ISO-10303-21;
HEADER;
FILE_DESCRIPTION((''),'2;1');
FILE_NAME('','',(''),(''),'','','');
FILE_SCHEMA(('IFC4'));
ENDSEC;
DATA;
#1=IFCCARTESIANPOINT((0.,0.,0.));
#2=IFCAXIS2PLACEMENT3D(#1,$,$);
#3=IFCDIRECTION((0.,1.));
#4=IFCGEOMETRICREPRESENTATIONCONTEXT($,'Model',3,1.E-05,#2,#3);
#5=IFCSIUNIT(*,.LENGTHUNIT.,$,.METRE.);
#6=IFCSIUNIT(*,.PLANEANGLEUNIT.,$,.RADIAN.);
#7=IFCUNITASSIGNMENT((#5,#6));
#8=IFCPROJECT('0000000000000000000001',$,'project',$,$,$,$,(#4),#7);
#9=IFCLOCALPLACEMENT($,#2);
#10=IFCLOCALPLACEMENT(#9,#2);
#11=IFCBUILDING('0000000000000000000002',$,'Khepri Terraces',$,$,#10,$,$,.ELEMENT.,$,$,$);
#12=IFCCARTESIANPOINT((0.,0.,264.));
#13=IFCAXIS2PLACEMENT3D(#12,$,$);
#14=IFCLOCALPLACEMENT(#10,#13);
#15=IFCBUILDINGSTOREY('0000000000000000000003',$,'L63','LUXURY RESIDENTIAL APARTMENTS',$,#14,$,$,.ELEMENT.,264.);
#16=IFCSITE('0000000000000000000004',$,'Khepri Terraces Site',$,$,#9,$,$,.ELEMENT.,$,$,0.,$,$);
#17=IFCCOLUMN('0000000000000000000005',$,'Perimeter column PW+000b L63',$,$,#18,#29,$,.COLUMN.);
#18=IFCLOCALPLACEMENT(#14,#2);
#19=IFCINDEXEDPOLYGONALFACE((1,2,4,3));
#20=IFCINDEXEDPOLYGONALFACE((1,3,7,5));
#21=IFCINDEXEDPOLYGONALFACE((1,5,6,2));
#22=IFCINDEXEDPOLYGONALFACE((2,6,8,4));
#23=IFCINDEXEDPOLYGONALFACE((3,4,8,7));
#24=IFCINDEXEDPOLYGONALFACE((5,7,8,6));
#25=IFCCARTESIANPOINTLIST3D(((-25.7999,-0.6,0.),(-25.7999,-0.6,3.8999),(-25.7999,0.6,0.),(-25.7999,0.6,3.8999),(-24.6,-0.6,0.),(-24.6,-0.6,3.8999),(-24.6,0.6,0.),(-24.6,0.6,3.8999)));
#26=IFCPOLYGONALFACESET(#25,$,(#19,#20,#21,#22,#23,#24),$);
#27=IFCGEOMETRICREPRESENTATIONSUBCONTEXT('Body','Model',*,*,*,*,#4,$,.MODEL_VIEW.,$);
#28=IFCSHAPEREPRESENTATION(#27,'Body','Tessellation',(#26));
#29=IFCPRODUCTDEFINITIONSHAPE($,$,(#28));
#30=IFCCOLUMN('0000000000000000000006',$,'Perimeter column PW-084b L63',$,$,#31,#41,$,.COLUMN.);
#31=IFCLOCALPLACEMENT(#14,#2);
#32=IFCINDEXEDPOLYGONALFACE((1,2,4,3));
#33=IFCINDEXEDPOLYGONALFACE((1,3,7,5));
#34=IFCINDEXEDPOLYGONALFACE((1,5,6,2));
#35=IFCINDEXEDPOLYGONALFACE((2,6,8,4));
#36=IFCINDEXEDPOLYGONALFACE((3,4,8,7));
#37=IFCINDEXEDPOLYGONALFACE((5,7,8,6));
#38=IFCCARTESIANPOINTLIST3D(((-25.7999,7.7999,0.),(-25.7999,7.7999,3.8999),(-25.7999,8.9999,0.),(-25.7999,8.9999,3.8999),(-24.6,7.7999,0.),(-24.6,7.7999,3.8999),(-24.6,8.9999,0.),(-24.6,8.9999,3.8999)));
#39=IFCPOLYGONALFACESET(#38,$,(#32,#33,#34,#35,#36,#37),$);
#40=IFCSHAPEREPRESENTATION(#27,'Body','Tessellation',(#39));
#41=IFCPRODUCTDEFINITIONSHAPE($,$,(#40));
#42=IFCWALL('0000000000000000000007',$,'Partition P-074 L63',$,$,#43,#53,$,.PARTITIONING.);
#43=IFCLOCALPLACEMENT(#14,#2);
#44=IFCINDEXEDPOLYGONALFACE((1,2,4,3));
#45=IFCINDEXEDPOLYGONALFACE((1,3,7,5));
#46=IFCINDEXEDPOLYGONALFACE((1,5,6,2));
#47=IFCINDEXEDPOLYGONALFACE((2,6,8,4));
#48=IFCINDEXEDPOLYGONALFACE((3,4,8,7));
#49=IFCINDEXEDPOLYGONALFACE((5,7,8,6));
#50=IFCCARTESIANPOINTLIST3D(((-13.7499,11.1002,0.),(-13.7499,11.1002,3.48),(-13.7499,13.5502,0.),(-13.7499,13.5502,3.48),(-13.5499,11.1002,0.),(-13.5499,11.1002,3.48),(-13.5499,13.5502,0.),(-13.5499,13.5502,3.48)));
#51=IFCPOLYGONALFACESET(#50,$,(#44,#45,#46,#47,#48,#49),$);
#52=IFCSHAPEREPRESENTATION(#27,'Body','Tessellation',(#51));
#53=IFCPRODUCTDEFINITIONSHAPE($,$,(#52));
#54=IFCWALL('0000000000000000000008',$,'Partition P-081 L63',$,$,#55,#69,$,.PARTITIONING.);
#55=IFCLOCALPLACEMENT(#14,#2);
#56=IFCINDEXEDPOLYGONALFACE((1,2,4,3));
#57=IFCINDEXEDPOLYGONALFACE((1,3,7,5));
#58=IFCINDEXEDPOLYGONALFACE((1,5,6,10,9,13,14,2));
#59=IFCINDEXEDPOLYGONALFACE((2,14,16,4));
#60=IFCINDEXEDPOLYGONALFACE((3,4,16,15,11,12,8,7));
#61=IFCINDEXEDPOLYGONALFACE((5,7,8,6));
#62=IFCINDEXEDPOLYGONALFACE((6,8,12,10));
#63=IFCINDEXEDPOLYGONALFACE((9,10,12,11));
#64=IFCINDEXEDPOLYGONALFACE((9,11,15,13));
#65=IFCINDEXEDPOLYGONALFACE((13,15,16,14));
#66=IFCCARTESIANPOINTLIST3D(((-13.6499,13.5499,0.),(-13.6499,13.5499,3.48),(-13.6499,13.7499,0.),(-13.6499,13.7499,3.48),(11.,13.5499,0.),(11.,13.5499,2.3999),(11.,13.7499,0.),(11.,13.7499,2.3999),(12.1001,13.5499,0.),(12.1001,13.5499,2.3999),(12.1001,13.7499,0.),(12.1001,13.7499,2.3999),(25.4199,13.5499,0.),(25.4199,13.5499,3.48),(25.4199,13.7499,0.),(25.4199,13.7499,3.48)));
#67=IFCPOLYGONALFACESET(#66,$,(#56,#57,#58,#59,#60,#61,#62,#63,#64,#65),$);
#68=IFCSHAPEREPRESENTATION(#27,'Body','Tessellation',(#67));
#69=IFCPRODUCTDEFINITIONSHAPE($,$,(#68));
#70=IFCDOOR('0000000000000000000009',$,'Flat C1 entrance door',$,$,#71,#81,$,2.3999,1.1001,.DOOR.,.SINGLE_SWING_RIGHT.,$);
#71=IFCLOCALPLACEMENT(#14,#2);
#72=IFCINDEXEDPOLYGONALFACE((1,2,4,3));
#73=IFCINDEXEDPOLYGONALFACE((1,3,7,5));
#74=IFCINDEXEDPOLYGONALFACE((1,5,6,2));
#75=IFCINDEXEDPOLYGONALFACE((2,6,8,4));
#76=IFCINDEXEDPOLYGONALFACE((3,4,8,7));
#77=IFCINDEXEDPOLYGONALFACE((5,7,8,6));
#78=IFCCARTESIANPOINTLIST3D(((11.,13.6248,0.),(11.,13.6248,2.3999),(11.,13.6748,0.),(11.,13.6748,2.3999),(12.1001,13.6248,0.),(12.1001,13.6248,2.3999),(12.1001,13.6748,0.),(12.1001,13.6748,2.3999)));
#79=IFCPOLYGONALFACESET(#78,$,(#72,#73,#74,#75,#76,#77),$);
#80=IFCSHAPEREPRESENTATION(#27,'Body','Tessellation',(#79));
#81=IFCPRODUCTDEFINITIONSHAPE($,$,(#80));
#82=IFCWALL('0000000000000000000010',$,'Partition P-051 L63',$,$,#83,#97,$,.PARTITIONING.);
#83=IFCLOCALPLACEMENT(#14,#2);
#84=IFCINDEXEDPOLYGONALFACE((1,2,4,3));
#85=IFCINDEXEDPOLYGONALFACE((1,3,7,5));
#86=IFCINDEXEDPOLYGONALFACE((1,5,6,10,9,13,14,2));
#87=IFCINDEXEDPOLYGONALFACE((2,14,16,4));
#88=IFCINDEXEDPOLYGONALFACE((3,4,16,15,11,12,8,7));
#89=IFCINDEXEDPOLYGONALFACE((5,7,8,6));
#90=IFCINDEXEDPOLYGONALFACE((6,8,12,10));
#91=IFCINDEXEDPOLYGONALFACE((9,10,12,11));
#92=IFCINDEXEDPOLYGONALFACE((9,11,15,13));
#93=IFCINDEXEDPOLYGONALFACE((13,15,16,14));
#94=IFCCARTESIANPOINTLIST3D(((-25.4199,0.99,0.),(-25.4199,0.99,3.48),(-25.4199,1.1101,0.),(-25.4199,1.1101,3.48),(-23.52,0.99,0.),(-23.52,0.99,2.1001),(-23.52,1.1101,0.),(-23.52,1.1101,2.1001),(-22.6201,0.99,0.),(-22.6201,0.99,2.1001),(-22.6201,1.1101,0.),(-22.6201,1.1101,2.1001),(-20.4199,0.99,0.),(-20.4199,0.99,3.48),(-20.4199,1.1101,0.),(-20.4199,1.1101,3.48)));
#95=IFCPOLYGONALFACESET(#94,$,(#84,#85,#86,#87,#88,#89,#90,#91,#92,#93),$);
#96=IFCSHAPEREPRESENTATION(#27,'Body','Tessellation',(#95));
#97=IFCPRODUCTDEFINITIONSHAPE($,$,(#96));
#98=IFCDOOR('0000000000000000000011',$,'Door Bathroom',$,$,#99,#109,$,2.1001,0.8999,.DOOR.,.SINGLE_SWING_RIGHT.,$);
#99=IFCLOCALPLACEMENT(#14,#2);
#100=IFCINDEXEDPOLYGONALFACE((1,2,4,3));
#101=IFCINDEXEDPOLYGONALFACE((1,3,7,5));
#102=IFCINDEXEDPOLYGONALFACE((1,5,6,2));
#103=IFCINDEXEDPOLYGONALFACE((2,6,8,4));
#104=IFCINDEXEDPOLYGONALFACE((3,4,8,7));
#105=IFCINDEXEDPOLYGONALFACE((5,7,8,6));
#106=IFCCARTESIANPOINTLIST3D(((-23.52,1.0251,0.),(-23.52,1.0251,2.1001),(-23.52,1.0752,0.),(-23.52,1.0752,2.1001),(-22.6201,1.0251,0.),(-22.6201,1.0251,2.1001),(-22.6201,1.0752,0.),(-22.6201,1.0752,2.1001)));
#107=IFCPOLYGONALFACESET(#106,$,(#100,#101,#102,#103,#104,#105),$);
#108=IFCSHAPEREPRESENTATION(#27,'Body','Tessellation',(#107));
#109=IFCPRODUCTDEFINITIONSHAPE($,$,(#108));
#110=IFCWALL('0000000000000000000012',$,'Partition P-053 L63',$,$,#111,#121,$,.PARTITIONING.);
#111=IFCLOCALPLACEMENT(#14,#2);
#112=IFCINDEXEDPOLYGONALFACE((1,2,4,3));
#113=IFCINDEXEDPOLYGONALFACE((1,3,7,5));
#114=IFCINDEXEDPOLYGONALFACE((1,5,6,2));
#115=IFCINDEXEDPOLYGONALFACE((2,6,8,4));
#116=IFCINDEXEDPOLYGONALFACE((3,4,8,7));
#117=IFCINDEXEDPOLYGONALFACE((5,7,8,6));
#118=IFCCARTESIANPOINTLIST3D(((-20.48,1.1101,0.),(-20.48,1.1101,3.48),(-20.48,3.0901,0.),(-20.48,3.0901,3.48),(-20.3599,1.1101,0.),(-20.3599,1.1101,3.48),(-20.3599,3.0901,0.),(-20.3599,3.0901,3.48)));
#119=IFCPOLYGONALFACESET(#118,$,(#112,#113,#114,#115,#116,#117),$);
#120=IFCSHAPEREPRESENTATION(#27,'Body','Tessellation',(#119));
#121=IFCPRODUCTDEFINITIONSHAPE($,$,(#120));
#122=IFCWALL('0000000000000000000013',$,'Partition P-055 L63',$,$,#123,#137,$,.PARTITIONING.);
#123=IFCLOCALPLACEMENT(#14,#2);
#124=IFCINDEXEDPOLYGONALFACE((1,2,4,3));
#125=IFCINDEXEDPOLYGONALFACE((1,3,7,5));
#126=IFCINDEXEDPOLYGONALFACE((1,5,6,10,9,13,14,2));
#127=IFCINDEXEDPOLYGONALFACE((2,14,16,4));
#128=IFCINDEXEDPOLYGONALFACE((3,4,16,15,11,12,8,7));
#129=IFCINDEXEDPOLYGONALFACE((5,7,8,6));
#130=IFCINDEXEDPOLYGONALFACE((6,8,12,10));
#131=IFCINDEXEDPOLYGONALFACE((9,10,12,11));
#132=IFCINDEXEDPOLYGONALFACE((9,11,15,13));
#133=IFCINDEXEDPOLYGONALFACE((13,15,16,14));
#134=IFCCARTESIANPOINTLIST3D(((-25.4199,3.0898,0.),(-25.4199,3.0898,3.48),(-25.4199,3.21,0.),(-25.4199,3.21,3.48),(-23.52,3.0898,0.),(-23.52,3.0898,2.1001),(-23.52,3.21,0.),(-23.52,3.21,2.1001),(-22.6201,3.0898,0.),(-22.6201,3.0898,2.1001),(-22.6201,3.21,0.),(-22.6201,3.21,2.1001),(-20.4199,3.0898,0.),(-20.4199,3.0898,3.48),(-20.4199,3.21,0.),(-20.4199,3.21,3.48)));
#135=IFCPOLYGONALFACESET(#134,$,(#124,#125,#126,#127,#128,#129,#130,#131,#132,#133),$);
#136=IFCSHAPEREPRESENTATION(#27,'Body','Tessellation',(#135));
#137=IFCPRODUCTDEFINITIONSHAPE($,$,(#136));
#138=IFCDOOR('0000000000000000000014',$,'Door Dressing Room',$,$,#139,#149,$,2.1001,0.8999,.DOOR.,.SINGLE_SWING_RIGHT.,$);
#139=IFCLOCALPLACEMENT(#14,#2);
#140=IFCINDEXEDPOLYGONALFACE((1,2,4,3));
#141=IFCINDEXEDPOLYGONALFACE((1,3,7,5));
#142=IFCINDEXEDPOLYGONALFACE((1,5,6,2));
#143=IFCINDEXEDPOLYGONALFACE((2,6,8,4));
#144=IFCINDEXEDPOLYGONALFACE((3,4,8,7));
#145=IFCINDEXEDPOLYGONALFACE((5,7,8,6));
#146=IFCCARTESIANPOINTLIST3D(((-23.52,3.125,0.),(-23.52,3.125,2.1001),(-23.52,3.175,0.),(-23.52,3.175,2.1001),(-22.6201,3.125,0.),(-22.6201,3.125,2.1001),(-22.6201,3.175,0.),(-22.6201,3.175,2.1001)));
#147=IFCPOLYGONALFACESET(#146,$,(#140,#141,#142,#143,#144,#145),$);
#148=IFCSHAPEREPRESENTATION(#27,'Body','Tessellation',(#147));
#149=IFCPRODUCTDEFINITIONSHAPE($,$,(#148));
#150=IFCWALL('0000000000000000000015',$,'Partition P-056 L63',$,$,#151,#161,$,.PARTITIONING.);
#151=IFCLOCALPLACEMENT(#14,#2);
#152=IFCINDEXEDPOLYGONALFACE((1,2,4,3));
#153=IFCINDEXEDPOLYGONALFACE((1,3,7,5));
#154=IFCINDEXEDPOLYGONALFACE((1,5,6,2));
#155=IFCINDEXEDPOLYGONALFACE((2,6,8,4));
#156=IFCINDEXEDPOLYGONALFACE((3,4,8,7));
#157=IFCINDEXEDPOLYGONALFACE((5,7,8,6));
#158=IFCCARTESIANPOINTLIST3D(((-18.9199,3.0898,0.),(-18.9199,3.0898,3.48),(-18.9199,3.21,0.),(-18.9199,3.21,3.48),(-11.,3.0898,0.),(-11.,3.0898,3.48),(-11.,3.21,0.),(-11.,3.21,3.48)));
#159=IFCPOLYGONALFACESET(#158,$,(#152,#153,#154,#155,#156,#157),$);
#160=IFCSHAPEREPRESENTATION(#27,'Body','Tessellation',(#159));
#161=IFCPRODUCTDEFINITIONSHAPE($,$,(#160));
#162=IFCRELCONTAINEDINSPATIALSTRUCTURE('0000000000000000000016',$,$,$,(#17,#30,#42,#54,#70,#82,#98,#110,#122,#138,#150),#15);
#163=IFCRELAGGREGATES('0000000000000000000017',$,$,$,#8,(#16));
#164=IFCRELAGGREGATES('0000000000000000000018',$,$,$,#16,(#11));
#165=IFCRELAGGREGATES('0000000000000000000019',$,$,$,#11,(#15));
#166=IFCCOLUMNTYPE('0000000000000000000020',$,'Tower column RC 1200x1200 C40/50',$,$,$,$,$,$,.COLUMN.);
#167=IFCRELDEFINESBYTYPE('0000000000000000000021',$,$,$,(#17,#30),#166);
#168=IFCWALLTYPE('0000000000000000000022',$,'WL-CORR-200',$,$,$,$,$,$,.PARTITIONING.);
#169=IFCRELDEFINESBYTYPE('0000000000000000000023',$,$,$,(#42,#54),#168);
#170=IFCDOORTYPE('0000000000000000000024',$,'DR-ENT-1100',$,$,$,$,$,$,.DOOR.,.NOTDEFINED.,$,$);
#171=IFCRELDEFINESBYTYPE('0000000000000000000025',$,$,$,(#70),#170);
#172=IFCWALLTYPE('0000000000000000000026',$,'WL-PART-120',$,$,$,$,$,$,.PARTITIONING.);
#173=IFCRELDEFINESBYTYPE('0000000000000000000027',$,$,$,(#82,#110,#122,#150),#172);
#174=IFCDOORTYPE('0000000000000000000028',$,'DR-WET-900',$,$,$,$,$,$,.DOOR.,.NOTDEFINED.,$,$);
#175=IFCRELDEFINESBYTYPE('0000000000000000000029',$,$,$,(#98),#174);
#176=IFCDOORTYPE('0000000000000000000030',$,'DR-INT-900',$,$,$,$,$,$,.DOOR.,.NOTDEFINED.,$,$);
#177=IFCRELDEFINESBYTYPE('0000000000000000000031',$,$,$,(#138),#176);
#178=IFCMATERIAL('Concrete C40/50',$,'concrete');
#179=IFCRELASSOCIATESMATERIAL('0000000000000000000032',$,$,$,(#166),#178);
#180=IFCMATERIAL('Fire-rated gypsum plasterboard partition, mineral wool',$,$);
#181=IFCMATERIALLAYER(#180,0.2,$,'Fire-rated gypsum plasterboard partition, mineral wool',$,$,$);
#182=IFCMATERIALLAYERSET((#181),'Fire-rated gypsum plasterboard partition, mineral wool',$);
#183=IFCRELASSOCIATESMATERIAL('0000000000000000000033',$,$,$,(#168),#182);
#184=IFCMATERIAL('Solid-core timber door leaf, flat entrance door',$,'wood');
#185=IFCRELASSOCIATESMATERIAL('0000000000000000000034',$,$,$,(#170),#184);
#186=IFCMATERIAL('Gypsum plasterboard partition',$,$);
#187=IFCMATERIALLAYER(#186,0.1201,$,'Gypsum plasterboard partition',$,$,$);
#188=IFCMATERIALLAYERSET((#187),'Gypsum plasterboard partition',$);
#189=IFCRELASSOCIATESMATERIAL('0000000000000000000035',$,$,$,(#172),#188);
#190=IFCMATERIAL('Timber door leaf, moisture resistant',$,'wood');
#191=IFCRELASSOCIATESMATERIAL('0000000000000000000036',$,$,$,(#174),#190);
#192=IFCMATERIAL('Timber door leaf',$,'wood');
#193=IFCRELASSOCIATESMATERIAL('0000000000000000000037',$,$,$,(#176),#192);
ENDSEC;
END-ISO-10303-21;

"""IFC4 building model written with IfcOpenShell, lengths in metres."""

from ifc_helpers import new_model, si_unit, direction, frame, frame_2d, origin, origin_2d, place, context, subcontext, project, spatial, rectangle, extrude, material, layer, layer_set, material_profile, profile_set, type_object, element, fill, save


model = new_model("IFC4")

# Units and contexts
model_context = context("Model", 3, precision=1e-05, world=origin(), true_north=direction((0.0, 1.0)))
body_context = subcontext(model_context, "Body", "Model", "MODEL_VIEW")
ifc_project = project(units=[si_unit("LENGTHUNIT", "METRE"), si_unit("PLANEANGLEUNIT", "RADIAN")], contexts=[model_context])

# Site, building, storey
site_placement = place(None, origin())
site = spatial("IfcSite", under=ifc_project, at=site_placement, Name="Khepri Terraces Site", CompositionType="ELEMENT", RefElevation=0.0)
building_placement = place(site_placement, origin())
building = spatial("IfcBuilding", under=site, at=building_placement, Name="Khepri Terraces", CompositionType="ELEMENT")
storey_placement = place(building_placement, frame((0.0, 0.0, 264.0)))
storey = spatial("IfcBuildingStorey", under=building, at=storey_placement, Name="L63", Description="LUXURY RESIDENTIAL APARTMENTS", CompositionType="ELEMENT", Elevation=264.0)

# Columns
ifc_material_1 = material(Name="Concrete C40/50", Category="concrete")
ifc_material_profile = material_profile(ifc_material_1, rectangle(XDim=1.2, YDim=1.2, at=origin_2d()), Name="Concrete C40/50", Category="concrete")
ifc_profile_set = profile_set([ifc_material_profile], Name="Concrete C40/50")
column_type = type_object("IfcColumnType", Name="Tower column RC 1200x1200 C40/50", PredefinedType="COLUMN", material=ifc_profile_set)
for number, where, z_axis, x_axis, name in (
    (1, (-25.2, 0.0, 0.0), (0.0, 0.0, 1.0), (1.0, 0.0, 0.0), "Perimeter column PW+000b L63"),
    (2, (-25.2, 8.3999, 0.0), (0.0, 0.0, 1.0), (1.0, 0.0, 0.0), "Perimeter column PW-084b L63"),
):
    element("IfcColumn", number, at=place(storey_placement, frame(where, z_axis=z_axis, x_axis=x_axis)), inside=storey, type_object=column_type, Name=name, PredefinedType="COLUMN", context=body_context, shape_type="SweptSolid", body=[
        extrude(rectangle(XDim=1.2, YDim=1.2, at=origin_2d()), origin(), (0.0, 0.0, 1.0), 3.8999),
    ])

# Shared definitions
ifc_material_2 = material(Name="Fire-rated gypsum plasterboard partition, mineral wool")
ifc_layer_1 = layer(ifc_material_2, 0.2, Name="Fire-rated gypsum plasterboard partition, mineral wool")
ifc_layer_set_1 = layer_set([ifc_layer_1], Name="Fire-rated gypsum plasterboard partition, mineral wool")
wall_type_1 = type_object("IfcWallType", Name="WL-CORR-200", PredefinedType="PARTITIONING", material=ifc_layer_set_1)
ifc_material_3 = material(Name="Solid-core timber door leaf, flat entrance door", Category="wood")
door_type_1 = type_object("IfcDoorType", Name="DR-ENT-1100", OperationType="NOTDEFINED", PredefinedType="DOOR", material=ifc_material_3)

# Wall
wall_1_placement = place(storey_placement, frame((-13.6499, 11.1001, 0.0), z_axis=(0.0, 0.0, 1.0), x_axis=(0.0, 1.0, 0.0)))
element("IfcWall", 3, at=wall_1_placement, inside=storey, type_object=wall_type_1, Name="Partition P-074 L63", PredefinedType="PARTITIONING", context=body_context, shape_type="SweptSolid", body=[
    extrude(rectangle(XDim=2.45, YDim=0.2, at=frame_2d((1.2251, 0.0))), origin(), (0.0, 0.0, 1.0), 3.48),
])

# Wall, opening, door
wall_2_placement = place(storey_placement, frame((-13.6499, 13.6499, 0.0), z_axis=(0.0, 0.0, 1.0), x_axis=(1.0, 0.0, 0.0)))
wall_2 = element("IfcWall", 4, at=wall_2_placement, inside=storey, type_object=wall_type_1, Name="Partition P-081 L63", PredefinedType="PARTITIONING", context=body_context, shape_type="SweptSolid", body=[
    extrude(rectangle(XDim=39.0698, YDim=0.2, at=frame_2d((19.5349, 0.0))), origin(), (0.0, 0.0, 1.0), 3.48),
])
opening_1_placement = place(wall_2_placement, frame((24.6499, 0.0, 0.0)))
opening_1 = element("IfcOpeningElement", 5, at=opening_1_placement, cuts=wall_2, PredefinedType="OPENING", context=body_context, shape_type="SweptSolid", body=[
    extrude(rectangle(XDim=1.1001, YDim=2.3999, at=frame_2d((0.55, 1.2))), frame((0.0, 0.1099, 0.0), z_axis=(0.0, -1.0, 0.0), x_axis=(1.0, 0.0, 0.0)), (0.0, 0.0, 1.0), 0.22),
])
door_1_placement = place(opening_1_placement, origin())
door_1 = element("IfcDoor", 6, at=door_1_placement, inside=storey, type_object=door_type_1, Name="Flat C1 entrance door", OperationType="SINGLE_SWING_RIGHT", OverallHeight=2.3999, OverallWidth=1.1001, PredefinedType="DOOR", context=body_context, shape_type="SweptSolid", body=[
    extrude(rectangle(XDim=1.1001, YDim=2.3999, at=frame_2d((0.55, 1.2))), frame((0.0, 0.0249, 0.0), z_axis=(0.0, -1.0, 0.0), x_axis=(1.0, 0.0, 0.0)), (0.0, 0.0, 1.0), 0.05),
])
fill(opening_1, door_1)

# Wall, opening, door
ifc_material_4 = material(Name="Gypsum plasterboard partition")
ifc_layer_2 = layer(ifc_material_4, 0.1201, Name="Gypsum plasterboard partition")
ifc_layer_set_2 = layer_set([ifc_layer_2], Name="Gypsum plasterboard partition")
wall_type_2 = type_object("IfcWallType", Name="WL-PART-120", PredefinedType="PARTITIONING", material=ifc_layer_set_2)
wall_3_placement = place(storey_placement, frame((-25.4199, 1.05, 0.0), z_axis=(0.0, 0.0, 1.0), x_axis=(1.0, 0.0, 0.0)))
wall_3 = element("IfcWall", 7, at=wall_3_placement, inside=storey, type_object=wall_type_2, Name="Partition P-051 L63", PredefinedType="PARTITIONING", context=body_context, shape_type="SweptSolid", body=[
    extrude(rectangle(XDim=5.0, YDim=0.1201, at=frame_2d((2.5, 0.0))), origin(), (0.0, 0.0, 1.0), 3.48),
])
opening_2_placement = place(wall_3_placement, frame((1.8999, 0.0, 0.0)))
opening_2 = element("IfcOpeningElement", 8, at=opening_2_placement, cuts=wall_3, PredefinedType="OPENING", context=body_context, shape_type="SweptSolid", body=[
    extrude(rectangle(XDim=0.8999, YDim=2.1001, at=frame_2d((0.45, 1.05))), frame((0.0, 0.0701, 0.0), z_axis=(0.0, -1.0, 0.0), x_axis=(1.0, 0.0, 0.0)), (0.0, 0.0, 1.0), 0.1401),
])
ifc_material_5 = material(Name="Timber door leaf, moisture resistant", Category="wood")
door_type_2 = type_object("IfcDoorType", Name="DR-WET-900", OperationType="NOTDEFINED", PredefinedType="DOOR", material=ifc_material_5)
door_2_placement = place(opening_2_placement, frame((0.8999, 0.0, 0.0), z_axis=(0.0, 0.0, 1.0), x_axis=(-1.0, 0.0, 0.0)))
door_2 = element("IfcDoor", 9, at=door_2_placement, inside=storey, type_object=door_type_2, Name="Door Bathroom", OperationType="SINGLE_SWING_RIGHT", OverallHeight=2.1001, OverallWidth=0.8999, PredefinedType="DOOR", context=body_context, shape_type="SweptSolid", body=[
    extrude(rectangle(XDim=0.8999, YDim=2.1001, at=frame_2d((0.45, 1.05))), frame((0.0, 0.0249, 0.0), z_axis=(0.0, -1.0, 0.0), x_axis=(1.0, 0.0, 0.0)), (0.0, 0.0, 1.0), 0.05),
])
fill(opening_2, door_2)

# Wall
wall_4_placement = place(storey_placement, frame((-20.4199, 1.1101, 0.0), z_axis=(0.0, 0.0, 1.0), x_axis=(0.0, 1.0, 0.0)))
element("IfcWall", 10, at=wall_4_placement, inside=storey, type_object=wall_type_2, Name="Partition P-053 L63", PredefinedType="PARTITIONING", context=body_context, shape_type="SweptSolid", body=[
    extrude(rectangle(XDim=1.98, YDim=0.1201, at=frame_2d((0.99, 0.0))), origin(), (0.0, 0.0, 1.0), 3.48),
])

# Wall, opening, door
wall_5_placement = place(storey_placement, frame((-25.4199, 3.1499, 0.0), z_axis=(0.0, 0.0, 1.0), x_axis=(1.0, 0.0, 0.0)))
wall_5 = element("IfcWall", 11, at=wall_5_placement, inside=storey, type_object=wall_type_2, Name="Partition P-055 L63", PredefinedType="PARTITIONING", context=body_context, shape_type="SweptSolid", body=[
    extrude(rectangle(XDim=5.0, YDim=0.1201, at=frame_2d((2.5, 0.0))), origin(), (0.0, 0.0, 1.0), 3.48),
])
opening_3_placement = place(wall_5_placement, frame((1.8999, 0.0, 0.0)))
opening_3 = element("IfcOpeningElement", 12, at=opening_3_placement, cuts=wall_5, PredefinedType="OPENING", context=body_context, shape_type="SweptSolid", body=[
    extrude(rectangle(XDim=0.8999, YDim=2.1001, at=frame_2d((0.45, 1.05))), frame((0.0, 0.0701, 0.0), z_axis=(0.0, -1.0, 0.0), x_axis=(1.0, 0.0, 0.0)), (0.0, 0.0, 1.0), 0.1401),
])
ifc_material_6 = material(Name="Timber door leaf", Category="wood")
door_type_3 = type_object("IfcDoorType", Name="DR-INT-900", OperationType="NOTDEFINED", PredefinedType="DOOR", material=ifc_material_6)
door_3_placement = place(opening_3_placement, frame((0.8999, 0.0, 0.0), z_axis=(0.0, 0.0, 1.0), x_axis=(-1.0, 0.0, 0.0)))
door_3 = element("IfcDoor", 13, at=door_3_placement, inside=storey, type_object=door_type_3, Name="Door Dressing Room", OperationType="SINGLE_SWING_RIGHT", OverallHeight=2.1001, OverallWidth=0.8999, PredefinedType="DOOR", context=body_context, shape_type="SweptSolid", body=[
    extrude(rectangle(XDim=0.8999, YDim=2.1001, at=frame_2d((0.45, 1.05))), frame((0.0, 0.0249, 0.0), z_axis=(0.0, -1.0, 0.0), x_axis=(1.0, 0.0, 0.0)), (0.0, 0.0, 1.0), 0.05),
])
fill(opening_3, door_3)

# Wall
wall_6_placement = place(storey_placement, frame((-18.9199, 3.1499, 0.0), z_axis=(0.0, 0.0, 1.0), x_axis=(1.0, 0.0, 0.0)))
element("IfcWall", 14, at=wall_6_placement, inside=storey, type_object=wall_type_2, Name="Partition P-056 L63", PredefinedType="PARTITIONING", context=body_context, shape_type="SweptSolid", body=[
    extrude(rectangle(XDim=7.9199, YDim=0.1201, at=frame_2d((3.96, 0.0))), origin(), (0.0, 0.0, 1.0), 3.48),
])

save(model, "model.ifc")
